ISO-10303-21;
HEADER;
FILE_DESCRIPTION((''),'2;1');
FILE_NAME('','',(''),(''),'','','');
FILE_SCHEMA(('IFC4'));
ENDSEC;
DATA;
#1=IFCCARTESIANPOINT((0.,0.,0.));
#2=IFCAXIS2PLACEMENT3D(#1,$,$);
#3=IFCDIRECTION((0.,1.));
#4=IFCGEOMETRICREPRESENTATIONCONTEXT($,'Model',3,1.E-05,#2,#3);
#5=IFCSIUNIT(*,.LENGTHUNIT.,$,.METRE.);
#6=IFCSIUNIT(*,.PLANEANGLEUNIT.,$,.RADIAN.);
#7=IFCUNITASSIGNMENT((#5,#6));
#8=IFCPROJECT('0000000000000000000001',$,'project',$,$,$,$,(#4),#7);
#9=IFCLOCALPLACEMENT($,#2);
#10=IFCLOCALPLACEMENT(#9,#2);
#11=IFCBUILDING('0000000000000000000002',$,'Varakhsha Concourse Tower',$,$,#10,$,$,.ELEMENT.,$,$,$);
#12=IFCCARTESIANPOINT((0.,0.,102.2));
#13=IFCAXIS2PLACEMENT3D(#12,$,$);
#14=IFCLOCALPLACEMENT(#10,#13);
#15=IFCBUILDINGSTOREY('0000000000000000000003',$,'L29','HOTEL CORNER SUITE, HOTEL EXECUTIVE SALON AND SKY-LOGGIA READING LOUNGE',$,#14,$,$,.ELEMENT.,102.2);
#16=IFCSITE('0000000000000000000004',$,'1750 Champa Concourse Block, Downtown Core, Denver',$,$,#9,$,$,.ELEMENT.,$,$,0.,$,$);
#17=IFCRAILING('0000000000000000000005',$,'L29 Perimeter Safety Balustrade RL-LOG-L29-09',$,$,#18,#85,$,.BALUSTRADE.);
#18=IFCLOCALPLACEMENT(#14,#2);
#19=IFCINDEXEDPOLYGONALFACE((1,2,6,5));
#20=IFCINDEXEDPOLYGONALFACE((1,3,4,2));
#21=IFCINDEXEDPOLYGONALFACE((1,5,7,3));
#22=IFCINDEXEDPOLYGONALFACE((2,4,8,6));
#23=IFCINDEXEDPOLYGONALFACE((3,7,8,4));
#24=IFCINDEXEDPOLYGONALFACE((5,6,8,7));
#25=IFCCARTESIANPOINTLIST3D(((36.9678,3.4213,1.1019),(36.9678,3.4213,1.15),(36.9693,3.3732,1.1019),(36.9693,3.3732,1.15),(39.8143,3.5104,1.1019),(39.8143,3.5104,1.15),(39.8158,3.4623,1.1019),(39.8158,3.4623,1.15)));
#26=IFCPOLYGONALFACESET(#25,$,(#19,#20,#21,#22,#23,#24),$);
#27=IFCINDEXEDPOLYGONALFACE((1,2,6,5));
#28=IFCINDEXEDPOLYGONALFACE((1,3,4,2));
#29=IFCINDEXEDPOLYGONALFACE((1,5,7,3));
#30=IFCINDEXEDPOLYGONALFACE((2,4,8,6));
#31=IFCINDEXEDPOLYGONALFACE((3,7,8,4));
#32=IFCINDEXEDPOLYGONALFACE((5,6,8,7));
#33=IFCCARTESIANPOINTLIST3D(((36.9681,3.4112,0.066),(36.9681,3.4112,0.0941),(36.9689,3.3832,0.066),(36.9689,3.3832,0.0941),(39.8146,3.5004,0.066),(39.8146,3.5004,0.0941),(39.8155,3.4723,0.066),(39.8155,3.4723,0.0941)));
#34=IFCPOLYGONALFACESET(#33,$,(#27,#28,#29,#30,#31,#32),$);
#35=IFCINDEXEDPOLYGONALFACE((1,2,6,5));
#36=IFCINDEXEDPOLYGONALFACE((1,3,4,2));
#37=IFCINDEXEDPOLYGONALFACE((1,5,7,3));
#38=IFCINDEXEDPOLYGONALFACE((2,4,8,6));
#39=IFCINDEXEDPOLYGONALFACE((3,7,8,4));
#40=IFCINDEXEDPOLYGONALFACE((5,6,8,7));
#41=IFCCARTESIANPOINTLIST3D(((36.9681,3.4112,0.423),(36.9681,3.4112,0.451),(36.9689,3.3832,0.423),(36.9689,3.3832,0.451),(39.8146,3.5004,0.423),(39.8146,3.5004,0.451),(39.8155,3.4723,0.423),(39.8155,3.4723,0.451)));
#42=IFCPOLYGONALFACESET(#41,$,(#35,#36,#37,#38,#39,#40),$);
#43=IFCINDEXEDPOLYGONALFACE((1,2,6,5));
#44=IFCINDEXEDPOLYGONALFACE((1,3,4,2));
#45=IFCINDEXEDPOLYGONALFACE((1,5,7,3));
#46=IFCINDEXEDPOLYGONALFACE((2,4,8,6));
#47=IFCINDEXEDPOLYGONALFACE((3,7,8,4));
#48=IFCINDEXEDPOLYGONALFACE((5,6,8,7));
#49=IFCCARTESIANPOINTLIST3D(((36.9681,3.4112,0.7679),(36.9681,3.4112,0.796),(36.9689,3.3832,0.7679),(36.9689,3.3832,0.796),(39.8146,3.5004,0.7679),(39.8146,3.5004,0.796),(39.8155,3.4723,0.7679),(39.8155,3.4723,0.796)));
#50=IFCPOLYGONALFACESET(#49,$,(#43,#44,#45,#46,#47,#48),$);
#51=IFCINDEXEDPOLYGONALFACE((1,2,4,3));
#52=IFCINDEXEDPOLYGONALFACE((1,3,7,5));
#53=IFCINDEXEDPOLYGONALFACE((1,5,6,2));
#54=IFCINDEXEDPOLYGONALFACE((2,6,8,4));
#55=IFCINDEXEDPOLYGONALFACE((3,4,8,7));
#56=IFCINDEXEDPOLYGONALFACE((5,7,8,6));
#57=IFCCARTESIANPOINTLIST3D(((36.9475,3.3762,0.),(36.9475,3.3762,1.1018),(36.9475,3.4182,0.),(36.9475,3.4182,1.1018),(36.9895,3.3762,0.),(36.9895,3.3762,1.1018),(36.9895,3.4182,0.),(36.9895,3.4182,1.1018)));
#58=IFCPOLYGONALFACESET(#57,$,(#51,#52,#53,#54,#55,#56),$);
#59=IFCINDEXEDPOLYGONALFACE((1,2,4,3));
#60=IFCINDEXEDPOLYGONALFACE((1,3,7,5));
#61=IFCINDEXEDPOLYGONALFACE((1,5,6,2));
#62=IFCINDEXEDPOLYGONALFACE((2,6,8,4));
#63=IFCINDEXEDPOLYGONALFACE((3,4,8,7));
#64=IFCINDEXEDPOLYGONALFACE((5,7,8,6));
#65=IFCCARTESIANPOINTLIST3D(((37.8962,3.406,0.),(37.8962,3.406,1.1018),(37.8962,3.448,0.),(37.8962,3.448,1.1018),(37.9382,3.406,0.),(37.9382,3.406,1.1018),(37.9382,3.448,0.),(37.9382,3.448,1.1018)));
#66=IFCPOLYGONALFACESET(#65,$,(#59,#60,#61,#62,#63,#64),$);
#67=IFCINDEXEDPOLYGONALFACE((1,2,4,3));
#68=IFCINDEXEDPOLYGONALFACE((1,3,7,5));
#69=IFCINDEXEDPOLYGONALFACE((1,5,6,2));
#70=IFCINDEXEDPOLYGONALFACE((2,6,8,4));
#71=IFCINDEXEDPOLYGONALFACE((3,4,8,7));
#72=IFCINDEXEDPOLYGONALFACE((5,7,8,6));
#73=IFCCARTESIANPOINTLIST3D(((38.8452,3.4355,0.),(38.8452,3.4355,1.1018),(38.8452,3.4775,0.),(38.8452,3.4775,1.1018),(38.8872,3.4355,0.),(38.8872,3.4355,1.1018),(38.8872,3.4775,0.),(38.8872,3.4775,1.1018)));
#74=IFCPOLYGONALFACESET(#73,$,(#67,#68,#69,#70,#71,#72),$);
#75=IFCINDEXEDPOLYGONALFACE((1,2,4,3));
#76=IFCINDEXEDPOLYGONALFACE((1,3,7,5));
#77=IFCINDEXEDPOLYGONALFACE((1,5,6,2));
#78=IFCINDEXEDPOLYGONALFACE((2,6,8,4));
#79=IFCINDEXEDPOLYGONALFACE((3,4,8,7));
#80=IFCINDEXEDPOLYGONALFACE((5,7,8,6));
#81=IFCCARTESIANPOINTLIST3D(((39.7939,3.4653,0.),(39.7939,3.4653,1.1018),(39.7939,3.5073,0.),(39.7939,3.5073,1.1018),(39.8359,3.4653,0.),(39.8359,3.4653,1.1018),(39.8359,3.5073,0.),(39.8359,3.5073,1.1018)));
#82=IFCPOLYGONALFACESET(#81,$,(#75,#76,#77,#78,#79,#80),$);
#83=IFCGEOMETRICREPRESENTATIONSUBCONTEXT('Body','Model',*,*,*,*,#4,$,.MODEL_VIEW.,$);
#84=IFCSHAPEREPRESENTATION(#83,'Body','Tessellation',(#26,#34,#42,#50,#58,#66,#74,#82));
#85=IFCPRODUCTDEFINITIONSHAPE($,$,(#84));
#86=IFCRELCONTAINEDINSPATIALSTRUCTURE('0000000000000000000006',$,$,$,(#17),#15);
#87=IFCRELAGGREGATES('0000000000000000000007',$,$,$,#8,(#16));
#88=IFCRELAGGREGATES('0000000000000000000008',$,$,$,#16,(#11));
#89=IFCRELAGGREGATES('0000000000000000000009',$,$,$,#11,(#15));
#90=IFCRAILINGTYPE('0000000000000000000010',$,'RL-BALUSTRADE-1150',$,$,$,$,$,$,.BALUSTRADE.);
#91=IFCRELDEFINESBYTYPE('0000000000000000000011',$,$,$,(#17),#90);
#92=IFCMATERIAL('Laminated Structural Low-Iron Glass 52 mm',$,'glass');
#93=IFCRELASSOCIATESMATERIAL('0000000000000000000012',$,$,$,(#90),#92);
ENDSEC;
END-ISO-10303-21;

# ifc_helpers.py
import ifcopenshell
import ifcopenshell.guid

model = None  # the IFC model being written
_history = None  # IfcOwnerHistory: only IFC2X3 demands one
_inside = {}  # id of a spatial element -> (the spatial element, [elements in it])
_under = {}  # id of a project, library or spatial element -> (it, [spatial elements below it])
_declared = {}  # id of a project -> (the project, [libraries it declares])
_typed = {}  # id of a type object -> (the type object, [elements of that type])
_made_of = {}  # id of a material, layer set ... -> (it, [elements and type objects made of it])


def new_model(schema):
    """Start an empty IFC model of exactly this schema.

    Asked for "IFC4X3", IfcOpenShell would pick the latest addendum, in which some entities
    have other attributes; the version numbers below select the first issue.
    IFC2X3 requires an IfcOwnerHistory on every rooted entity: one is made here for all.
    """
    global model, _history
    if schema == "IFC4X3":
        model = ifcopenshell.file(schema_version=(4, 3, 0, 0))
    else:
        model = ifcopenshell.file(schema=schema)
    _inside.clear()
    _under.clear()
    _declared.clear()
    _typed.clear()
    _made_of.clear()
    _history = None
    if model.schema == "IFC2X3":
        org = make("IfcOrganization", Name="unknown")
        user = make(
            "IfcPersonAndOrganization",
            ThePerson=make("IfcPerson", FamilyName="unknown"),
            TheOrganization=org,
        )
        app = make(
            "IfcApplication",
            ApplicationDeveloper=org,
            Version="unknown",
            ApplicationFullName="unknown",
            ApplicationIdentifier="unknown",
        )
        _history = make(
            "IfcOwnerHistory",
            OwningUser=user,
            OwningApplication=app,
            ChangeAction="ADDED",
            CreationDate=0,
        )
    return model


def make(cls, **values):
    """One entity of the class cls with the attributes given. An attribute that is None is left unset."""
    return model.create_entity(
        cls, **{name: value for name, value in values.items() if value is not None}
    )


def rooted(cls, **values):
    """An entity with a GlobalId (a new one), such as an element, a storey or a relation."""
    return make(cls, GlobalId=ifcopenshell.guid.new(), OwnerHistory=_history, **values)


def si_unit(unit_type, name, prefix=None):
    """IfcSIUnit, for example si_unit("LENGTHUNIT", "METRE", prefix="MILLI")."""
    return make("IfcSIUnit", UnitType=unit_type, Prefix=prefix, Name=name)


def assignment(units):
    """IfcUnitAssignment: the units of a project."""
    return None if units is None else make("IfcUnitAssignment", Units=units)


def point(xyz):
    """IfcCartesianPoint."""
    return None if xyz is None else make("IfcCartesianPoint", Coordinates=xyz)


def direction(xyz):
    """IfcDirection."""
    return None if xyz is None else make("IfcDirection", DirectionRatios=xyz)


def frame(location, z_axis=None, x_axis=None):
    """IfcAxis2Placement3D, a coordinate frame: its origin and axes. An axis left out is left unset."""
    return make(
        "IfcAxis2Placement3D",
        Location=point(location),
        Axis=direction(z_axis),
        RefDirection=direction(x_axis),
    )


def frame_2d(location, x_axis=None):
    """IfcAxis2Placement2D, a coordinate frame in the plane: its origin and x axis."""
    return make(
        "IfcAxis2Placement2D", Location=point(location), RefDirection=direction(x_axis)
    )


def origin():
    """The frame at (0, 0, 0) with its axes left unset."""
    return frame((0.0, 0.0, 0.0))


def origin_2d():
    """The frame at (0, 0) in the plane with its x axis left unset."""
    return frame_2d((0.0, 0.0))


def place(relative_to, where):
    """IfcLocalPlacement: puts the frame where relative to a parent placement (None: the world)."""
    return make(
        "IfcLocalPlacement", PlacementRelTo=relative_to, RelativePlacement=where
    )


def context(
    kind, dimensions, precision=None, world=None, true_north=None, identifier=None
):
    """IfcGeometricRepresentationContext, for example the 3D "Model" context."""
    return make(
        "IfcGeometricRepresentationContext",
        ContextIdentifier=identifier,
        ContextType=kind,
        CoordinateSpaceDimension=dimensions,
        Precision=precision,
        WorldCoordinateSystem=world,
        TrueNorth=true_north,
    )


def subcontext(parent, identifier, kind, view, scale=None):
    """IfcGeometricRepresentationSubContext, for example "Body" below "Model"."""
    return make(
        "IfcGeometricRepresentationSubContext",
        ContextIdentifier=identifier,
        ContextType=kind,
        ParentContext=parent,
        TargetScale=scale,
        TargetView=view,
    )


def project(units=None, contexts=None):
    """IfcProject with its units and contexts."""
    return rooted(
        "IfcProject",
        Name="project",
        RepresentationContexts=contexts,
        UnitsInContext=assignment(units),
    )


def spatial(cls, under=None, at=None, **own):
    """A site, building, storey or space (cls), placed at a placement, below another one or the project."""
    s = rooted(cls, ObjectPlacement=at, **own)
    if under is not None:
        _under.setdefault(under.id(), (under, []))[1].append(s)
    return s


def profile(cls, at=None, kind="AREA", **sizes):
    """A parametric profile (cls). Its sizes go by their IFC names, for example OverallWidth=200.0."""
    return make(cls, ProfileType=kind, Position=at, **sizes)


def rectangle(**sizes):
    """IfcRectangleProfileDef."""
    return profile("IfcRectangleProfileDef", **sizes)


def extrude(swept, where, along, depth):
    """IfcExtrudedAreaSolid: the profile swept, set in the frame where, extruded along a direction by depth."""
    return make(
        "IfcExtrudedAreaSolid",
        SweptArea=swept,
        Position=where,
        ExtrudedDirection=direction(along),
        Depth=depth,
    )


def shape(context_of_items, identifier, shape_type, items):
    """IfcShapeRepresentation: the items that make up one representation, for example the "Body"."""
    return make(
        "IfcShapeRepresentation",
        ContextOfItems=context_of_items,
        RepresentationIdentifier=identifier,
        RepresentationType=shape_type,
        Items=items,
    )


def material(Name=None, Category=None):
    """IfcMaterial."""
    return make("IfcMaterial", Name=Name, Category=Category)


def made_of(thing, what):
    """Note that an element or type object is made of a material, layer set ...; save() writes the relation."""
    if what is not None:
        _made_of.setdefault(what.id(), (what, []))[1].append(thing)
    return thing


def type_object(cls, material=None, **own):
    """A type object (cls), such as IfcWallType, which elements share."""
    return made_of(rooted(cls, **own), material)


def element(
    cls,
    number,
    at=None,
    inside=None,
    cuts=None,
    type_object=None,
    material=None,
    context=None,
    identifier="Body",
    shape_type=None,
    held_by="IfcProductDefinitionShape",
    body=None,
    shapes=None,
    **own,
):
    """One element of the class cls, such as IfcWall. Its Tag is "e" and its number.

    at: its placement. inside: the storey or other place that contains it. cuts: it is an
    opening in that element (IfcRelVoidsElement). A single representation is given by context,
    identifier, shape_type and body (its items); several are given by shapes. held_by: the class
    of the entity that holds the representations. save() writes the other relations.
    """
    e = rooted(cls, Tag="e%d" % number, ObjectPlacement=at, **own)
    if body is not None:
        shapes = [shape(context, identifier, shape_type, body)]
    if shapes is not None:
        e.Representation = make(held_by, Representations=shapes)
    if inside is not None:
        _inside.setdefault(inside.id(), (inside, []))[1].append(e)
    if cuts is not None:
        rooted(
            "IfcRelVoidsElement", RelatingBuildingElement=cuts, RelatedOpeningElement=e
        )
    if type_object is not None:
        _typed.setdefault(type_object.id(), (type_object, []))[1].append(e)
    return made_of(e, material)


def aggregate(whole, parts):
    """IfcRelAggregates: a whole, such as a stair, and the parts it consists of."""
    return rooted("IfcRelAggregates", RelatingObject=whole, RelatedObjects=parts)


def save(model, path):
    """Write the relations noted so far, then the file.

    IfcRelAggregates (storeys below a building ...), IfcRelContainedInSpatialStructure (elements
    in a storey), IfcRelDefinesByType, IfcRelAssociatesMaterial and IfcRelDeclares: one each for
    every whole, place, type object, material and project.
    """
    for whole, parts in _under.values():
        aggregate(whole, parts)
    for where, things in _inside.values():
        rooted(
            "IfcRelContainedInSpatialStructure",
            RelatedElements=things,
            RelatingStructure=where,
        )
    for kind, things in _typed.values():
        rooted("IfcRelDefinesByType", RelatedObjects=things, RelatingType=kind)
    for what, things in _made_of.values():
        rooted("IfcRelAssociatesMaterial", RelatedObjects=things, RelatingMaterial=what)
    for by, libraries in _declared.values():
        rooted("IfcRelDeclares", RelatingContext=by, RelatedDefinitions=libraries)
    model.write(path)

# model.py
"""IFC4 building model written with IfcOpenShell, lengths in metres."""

from ifc_helpers import new_model, si_unit, direction, frame, origin, origin_2d, place, context, subcontext, project, spatial, rectangle, extrude, material, type_object, element, save


model = new_model("IFC4")

# Units and contexts
model_context = context("Model", 3, precision=1e-05, world=origin(), true_north=direction((0.0, 1.0)))
body_context = subcontext(model_context, "Body", "Model", "MODEL_VIEW")
ifc_project = project(units=[si_unit("LENGTHUNIT", "METRE"), si_unit("PLANEANGLEUNIT", "RADIAN")], contexts=[model_context])

# Site, building, storey
site_placement = place(None, origin())
site = spatial("IfcSite", under=ifc_project, at=site_placement, Name="1750 Champa Concourse Block, Downtown Core, Denver", CompositionType="ELEMENT", RefElevation=0.0)
building_placement = place(site_placement, origin())
building = spatial("IfcBuilding", under=site, at=building_placement, Name="Varakhsha Concourse Tower", CompositionType="ELEMENT")
storey_placement = place(building_placement, frame((0.0, 0.0, 102.2)))
storey = spatial("IfcBuildingStorey", under=building, at=storey_placement, Name="L29", Description="HOTEL CORNER SUITE, HOTEL EXECUTIVE SALON AND SKY-LOGGIA READING LOUNGE", CompositionType="ELEMENT", Elevation=102.2)

# Railing
ifc_material_1 = material(Name="Laminated Structural Low-Iron Glass 52 mm", Category="glass")
railing_type = type_object("IfcRailingType", Name="RL-BALUSTRADE-1150", PredefinedType="BALUSTRADE", material=ifc_material_1)
railing_1_placement = place(storey_placement, frame((36.9685, 3.3972, 0.0)))
element("IfcRailing", 1, at=railing_1_placement, inside=storey, type_object=railing_type, Name="L29 Perimeter Safety Balustrade RL-LOG-L29-09", PredefinedType="BALUSTRADE", context=body_context, shape_type="SweptSolid", body=[
    extrude(rectangle(XDim=0.0481, YDim=0.0481, at=origin_2d()), frame((0.0, 0.0, 1.126), z_axis=(0.99951, 0.031291, 0.0), x_axis=(-0.031291, 0.99951, 0.0)), (0.0, 0.0, 1.0), 2.8479),
    extrude(rectangle(XDim=0.0281, YDim=0.0281, at=origin_2d()), frame((0.0, 0.0, 0.0801), z_axis=(0.99951, 0.031291, 0.0), x_axis=(-0.031291, 0.99951, 0.0)), (0.0, 0.0, 1.0), 2.8479),
    extrude(rectangle(XDim=0.0281, YDim=0.0281, at=origin_2d()), frame((0.0, 0.0, 0.437), z_axis=(0.99951, 0.031291, 0.0), x_axis=(-0.031291, 0.99951, 0.0)), (0.0, 0.0, 1.0), 2.8479),
    extrude(rectangle(XDim=0.0281, YDim=0.0281, at=origin_2d()), frame((0.0, 0.0, 0.782), z_axis=(0.99951, 0.031291, 0.0), x_axis=(-0.031291, 0.99951, 0.0)), (0.0, 0.0, 1.0), 2.8479),
    extrude(rectangle(XDim=0.042, YDim=0.042, at=origin_2d()), origin(), (0.0, 0.0, 1.0), 1.1018),
    extrude(rectangle(XDim=0.042, YDim=0.042, at=origin_2d()), frame((0.9487, 0.0298, 0.0)), (0.0, 0.0, 1.0), 1.1018),
    extrude(rectangle(XDim=0.042, YDim=0.042, at=origin_2d()), frame((1.8977, 0.0593, 0.0)), (0.0, 0.0, 1.0), 1.1018),
    extrude(rectangle(XDim=0.042, YDim=0.042, at=origin_2d()), frame((2.8464, 0.0891, 0.0)), (0.0, 0.0, 1.0), 1.1018),
])

save(model, "model.ifc")
